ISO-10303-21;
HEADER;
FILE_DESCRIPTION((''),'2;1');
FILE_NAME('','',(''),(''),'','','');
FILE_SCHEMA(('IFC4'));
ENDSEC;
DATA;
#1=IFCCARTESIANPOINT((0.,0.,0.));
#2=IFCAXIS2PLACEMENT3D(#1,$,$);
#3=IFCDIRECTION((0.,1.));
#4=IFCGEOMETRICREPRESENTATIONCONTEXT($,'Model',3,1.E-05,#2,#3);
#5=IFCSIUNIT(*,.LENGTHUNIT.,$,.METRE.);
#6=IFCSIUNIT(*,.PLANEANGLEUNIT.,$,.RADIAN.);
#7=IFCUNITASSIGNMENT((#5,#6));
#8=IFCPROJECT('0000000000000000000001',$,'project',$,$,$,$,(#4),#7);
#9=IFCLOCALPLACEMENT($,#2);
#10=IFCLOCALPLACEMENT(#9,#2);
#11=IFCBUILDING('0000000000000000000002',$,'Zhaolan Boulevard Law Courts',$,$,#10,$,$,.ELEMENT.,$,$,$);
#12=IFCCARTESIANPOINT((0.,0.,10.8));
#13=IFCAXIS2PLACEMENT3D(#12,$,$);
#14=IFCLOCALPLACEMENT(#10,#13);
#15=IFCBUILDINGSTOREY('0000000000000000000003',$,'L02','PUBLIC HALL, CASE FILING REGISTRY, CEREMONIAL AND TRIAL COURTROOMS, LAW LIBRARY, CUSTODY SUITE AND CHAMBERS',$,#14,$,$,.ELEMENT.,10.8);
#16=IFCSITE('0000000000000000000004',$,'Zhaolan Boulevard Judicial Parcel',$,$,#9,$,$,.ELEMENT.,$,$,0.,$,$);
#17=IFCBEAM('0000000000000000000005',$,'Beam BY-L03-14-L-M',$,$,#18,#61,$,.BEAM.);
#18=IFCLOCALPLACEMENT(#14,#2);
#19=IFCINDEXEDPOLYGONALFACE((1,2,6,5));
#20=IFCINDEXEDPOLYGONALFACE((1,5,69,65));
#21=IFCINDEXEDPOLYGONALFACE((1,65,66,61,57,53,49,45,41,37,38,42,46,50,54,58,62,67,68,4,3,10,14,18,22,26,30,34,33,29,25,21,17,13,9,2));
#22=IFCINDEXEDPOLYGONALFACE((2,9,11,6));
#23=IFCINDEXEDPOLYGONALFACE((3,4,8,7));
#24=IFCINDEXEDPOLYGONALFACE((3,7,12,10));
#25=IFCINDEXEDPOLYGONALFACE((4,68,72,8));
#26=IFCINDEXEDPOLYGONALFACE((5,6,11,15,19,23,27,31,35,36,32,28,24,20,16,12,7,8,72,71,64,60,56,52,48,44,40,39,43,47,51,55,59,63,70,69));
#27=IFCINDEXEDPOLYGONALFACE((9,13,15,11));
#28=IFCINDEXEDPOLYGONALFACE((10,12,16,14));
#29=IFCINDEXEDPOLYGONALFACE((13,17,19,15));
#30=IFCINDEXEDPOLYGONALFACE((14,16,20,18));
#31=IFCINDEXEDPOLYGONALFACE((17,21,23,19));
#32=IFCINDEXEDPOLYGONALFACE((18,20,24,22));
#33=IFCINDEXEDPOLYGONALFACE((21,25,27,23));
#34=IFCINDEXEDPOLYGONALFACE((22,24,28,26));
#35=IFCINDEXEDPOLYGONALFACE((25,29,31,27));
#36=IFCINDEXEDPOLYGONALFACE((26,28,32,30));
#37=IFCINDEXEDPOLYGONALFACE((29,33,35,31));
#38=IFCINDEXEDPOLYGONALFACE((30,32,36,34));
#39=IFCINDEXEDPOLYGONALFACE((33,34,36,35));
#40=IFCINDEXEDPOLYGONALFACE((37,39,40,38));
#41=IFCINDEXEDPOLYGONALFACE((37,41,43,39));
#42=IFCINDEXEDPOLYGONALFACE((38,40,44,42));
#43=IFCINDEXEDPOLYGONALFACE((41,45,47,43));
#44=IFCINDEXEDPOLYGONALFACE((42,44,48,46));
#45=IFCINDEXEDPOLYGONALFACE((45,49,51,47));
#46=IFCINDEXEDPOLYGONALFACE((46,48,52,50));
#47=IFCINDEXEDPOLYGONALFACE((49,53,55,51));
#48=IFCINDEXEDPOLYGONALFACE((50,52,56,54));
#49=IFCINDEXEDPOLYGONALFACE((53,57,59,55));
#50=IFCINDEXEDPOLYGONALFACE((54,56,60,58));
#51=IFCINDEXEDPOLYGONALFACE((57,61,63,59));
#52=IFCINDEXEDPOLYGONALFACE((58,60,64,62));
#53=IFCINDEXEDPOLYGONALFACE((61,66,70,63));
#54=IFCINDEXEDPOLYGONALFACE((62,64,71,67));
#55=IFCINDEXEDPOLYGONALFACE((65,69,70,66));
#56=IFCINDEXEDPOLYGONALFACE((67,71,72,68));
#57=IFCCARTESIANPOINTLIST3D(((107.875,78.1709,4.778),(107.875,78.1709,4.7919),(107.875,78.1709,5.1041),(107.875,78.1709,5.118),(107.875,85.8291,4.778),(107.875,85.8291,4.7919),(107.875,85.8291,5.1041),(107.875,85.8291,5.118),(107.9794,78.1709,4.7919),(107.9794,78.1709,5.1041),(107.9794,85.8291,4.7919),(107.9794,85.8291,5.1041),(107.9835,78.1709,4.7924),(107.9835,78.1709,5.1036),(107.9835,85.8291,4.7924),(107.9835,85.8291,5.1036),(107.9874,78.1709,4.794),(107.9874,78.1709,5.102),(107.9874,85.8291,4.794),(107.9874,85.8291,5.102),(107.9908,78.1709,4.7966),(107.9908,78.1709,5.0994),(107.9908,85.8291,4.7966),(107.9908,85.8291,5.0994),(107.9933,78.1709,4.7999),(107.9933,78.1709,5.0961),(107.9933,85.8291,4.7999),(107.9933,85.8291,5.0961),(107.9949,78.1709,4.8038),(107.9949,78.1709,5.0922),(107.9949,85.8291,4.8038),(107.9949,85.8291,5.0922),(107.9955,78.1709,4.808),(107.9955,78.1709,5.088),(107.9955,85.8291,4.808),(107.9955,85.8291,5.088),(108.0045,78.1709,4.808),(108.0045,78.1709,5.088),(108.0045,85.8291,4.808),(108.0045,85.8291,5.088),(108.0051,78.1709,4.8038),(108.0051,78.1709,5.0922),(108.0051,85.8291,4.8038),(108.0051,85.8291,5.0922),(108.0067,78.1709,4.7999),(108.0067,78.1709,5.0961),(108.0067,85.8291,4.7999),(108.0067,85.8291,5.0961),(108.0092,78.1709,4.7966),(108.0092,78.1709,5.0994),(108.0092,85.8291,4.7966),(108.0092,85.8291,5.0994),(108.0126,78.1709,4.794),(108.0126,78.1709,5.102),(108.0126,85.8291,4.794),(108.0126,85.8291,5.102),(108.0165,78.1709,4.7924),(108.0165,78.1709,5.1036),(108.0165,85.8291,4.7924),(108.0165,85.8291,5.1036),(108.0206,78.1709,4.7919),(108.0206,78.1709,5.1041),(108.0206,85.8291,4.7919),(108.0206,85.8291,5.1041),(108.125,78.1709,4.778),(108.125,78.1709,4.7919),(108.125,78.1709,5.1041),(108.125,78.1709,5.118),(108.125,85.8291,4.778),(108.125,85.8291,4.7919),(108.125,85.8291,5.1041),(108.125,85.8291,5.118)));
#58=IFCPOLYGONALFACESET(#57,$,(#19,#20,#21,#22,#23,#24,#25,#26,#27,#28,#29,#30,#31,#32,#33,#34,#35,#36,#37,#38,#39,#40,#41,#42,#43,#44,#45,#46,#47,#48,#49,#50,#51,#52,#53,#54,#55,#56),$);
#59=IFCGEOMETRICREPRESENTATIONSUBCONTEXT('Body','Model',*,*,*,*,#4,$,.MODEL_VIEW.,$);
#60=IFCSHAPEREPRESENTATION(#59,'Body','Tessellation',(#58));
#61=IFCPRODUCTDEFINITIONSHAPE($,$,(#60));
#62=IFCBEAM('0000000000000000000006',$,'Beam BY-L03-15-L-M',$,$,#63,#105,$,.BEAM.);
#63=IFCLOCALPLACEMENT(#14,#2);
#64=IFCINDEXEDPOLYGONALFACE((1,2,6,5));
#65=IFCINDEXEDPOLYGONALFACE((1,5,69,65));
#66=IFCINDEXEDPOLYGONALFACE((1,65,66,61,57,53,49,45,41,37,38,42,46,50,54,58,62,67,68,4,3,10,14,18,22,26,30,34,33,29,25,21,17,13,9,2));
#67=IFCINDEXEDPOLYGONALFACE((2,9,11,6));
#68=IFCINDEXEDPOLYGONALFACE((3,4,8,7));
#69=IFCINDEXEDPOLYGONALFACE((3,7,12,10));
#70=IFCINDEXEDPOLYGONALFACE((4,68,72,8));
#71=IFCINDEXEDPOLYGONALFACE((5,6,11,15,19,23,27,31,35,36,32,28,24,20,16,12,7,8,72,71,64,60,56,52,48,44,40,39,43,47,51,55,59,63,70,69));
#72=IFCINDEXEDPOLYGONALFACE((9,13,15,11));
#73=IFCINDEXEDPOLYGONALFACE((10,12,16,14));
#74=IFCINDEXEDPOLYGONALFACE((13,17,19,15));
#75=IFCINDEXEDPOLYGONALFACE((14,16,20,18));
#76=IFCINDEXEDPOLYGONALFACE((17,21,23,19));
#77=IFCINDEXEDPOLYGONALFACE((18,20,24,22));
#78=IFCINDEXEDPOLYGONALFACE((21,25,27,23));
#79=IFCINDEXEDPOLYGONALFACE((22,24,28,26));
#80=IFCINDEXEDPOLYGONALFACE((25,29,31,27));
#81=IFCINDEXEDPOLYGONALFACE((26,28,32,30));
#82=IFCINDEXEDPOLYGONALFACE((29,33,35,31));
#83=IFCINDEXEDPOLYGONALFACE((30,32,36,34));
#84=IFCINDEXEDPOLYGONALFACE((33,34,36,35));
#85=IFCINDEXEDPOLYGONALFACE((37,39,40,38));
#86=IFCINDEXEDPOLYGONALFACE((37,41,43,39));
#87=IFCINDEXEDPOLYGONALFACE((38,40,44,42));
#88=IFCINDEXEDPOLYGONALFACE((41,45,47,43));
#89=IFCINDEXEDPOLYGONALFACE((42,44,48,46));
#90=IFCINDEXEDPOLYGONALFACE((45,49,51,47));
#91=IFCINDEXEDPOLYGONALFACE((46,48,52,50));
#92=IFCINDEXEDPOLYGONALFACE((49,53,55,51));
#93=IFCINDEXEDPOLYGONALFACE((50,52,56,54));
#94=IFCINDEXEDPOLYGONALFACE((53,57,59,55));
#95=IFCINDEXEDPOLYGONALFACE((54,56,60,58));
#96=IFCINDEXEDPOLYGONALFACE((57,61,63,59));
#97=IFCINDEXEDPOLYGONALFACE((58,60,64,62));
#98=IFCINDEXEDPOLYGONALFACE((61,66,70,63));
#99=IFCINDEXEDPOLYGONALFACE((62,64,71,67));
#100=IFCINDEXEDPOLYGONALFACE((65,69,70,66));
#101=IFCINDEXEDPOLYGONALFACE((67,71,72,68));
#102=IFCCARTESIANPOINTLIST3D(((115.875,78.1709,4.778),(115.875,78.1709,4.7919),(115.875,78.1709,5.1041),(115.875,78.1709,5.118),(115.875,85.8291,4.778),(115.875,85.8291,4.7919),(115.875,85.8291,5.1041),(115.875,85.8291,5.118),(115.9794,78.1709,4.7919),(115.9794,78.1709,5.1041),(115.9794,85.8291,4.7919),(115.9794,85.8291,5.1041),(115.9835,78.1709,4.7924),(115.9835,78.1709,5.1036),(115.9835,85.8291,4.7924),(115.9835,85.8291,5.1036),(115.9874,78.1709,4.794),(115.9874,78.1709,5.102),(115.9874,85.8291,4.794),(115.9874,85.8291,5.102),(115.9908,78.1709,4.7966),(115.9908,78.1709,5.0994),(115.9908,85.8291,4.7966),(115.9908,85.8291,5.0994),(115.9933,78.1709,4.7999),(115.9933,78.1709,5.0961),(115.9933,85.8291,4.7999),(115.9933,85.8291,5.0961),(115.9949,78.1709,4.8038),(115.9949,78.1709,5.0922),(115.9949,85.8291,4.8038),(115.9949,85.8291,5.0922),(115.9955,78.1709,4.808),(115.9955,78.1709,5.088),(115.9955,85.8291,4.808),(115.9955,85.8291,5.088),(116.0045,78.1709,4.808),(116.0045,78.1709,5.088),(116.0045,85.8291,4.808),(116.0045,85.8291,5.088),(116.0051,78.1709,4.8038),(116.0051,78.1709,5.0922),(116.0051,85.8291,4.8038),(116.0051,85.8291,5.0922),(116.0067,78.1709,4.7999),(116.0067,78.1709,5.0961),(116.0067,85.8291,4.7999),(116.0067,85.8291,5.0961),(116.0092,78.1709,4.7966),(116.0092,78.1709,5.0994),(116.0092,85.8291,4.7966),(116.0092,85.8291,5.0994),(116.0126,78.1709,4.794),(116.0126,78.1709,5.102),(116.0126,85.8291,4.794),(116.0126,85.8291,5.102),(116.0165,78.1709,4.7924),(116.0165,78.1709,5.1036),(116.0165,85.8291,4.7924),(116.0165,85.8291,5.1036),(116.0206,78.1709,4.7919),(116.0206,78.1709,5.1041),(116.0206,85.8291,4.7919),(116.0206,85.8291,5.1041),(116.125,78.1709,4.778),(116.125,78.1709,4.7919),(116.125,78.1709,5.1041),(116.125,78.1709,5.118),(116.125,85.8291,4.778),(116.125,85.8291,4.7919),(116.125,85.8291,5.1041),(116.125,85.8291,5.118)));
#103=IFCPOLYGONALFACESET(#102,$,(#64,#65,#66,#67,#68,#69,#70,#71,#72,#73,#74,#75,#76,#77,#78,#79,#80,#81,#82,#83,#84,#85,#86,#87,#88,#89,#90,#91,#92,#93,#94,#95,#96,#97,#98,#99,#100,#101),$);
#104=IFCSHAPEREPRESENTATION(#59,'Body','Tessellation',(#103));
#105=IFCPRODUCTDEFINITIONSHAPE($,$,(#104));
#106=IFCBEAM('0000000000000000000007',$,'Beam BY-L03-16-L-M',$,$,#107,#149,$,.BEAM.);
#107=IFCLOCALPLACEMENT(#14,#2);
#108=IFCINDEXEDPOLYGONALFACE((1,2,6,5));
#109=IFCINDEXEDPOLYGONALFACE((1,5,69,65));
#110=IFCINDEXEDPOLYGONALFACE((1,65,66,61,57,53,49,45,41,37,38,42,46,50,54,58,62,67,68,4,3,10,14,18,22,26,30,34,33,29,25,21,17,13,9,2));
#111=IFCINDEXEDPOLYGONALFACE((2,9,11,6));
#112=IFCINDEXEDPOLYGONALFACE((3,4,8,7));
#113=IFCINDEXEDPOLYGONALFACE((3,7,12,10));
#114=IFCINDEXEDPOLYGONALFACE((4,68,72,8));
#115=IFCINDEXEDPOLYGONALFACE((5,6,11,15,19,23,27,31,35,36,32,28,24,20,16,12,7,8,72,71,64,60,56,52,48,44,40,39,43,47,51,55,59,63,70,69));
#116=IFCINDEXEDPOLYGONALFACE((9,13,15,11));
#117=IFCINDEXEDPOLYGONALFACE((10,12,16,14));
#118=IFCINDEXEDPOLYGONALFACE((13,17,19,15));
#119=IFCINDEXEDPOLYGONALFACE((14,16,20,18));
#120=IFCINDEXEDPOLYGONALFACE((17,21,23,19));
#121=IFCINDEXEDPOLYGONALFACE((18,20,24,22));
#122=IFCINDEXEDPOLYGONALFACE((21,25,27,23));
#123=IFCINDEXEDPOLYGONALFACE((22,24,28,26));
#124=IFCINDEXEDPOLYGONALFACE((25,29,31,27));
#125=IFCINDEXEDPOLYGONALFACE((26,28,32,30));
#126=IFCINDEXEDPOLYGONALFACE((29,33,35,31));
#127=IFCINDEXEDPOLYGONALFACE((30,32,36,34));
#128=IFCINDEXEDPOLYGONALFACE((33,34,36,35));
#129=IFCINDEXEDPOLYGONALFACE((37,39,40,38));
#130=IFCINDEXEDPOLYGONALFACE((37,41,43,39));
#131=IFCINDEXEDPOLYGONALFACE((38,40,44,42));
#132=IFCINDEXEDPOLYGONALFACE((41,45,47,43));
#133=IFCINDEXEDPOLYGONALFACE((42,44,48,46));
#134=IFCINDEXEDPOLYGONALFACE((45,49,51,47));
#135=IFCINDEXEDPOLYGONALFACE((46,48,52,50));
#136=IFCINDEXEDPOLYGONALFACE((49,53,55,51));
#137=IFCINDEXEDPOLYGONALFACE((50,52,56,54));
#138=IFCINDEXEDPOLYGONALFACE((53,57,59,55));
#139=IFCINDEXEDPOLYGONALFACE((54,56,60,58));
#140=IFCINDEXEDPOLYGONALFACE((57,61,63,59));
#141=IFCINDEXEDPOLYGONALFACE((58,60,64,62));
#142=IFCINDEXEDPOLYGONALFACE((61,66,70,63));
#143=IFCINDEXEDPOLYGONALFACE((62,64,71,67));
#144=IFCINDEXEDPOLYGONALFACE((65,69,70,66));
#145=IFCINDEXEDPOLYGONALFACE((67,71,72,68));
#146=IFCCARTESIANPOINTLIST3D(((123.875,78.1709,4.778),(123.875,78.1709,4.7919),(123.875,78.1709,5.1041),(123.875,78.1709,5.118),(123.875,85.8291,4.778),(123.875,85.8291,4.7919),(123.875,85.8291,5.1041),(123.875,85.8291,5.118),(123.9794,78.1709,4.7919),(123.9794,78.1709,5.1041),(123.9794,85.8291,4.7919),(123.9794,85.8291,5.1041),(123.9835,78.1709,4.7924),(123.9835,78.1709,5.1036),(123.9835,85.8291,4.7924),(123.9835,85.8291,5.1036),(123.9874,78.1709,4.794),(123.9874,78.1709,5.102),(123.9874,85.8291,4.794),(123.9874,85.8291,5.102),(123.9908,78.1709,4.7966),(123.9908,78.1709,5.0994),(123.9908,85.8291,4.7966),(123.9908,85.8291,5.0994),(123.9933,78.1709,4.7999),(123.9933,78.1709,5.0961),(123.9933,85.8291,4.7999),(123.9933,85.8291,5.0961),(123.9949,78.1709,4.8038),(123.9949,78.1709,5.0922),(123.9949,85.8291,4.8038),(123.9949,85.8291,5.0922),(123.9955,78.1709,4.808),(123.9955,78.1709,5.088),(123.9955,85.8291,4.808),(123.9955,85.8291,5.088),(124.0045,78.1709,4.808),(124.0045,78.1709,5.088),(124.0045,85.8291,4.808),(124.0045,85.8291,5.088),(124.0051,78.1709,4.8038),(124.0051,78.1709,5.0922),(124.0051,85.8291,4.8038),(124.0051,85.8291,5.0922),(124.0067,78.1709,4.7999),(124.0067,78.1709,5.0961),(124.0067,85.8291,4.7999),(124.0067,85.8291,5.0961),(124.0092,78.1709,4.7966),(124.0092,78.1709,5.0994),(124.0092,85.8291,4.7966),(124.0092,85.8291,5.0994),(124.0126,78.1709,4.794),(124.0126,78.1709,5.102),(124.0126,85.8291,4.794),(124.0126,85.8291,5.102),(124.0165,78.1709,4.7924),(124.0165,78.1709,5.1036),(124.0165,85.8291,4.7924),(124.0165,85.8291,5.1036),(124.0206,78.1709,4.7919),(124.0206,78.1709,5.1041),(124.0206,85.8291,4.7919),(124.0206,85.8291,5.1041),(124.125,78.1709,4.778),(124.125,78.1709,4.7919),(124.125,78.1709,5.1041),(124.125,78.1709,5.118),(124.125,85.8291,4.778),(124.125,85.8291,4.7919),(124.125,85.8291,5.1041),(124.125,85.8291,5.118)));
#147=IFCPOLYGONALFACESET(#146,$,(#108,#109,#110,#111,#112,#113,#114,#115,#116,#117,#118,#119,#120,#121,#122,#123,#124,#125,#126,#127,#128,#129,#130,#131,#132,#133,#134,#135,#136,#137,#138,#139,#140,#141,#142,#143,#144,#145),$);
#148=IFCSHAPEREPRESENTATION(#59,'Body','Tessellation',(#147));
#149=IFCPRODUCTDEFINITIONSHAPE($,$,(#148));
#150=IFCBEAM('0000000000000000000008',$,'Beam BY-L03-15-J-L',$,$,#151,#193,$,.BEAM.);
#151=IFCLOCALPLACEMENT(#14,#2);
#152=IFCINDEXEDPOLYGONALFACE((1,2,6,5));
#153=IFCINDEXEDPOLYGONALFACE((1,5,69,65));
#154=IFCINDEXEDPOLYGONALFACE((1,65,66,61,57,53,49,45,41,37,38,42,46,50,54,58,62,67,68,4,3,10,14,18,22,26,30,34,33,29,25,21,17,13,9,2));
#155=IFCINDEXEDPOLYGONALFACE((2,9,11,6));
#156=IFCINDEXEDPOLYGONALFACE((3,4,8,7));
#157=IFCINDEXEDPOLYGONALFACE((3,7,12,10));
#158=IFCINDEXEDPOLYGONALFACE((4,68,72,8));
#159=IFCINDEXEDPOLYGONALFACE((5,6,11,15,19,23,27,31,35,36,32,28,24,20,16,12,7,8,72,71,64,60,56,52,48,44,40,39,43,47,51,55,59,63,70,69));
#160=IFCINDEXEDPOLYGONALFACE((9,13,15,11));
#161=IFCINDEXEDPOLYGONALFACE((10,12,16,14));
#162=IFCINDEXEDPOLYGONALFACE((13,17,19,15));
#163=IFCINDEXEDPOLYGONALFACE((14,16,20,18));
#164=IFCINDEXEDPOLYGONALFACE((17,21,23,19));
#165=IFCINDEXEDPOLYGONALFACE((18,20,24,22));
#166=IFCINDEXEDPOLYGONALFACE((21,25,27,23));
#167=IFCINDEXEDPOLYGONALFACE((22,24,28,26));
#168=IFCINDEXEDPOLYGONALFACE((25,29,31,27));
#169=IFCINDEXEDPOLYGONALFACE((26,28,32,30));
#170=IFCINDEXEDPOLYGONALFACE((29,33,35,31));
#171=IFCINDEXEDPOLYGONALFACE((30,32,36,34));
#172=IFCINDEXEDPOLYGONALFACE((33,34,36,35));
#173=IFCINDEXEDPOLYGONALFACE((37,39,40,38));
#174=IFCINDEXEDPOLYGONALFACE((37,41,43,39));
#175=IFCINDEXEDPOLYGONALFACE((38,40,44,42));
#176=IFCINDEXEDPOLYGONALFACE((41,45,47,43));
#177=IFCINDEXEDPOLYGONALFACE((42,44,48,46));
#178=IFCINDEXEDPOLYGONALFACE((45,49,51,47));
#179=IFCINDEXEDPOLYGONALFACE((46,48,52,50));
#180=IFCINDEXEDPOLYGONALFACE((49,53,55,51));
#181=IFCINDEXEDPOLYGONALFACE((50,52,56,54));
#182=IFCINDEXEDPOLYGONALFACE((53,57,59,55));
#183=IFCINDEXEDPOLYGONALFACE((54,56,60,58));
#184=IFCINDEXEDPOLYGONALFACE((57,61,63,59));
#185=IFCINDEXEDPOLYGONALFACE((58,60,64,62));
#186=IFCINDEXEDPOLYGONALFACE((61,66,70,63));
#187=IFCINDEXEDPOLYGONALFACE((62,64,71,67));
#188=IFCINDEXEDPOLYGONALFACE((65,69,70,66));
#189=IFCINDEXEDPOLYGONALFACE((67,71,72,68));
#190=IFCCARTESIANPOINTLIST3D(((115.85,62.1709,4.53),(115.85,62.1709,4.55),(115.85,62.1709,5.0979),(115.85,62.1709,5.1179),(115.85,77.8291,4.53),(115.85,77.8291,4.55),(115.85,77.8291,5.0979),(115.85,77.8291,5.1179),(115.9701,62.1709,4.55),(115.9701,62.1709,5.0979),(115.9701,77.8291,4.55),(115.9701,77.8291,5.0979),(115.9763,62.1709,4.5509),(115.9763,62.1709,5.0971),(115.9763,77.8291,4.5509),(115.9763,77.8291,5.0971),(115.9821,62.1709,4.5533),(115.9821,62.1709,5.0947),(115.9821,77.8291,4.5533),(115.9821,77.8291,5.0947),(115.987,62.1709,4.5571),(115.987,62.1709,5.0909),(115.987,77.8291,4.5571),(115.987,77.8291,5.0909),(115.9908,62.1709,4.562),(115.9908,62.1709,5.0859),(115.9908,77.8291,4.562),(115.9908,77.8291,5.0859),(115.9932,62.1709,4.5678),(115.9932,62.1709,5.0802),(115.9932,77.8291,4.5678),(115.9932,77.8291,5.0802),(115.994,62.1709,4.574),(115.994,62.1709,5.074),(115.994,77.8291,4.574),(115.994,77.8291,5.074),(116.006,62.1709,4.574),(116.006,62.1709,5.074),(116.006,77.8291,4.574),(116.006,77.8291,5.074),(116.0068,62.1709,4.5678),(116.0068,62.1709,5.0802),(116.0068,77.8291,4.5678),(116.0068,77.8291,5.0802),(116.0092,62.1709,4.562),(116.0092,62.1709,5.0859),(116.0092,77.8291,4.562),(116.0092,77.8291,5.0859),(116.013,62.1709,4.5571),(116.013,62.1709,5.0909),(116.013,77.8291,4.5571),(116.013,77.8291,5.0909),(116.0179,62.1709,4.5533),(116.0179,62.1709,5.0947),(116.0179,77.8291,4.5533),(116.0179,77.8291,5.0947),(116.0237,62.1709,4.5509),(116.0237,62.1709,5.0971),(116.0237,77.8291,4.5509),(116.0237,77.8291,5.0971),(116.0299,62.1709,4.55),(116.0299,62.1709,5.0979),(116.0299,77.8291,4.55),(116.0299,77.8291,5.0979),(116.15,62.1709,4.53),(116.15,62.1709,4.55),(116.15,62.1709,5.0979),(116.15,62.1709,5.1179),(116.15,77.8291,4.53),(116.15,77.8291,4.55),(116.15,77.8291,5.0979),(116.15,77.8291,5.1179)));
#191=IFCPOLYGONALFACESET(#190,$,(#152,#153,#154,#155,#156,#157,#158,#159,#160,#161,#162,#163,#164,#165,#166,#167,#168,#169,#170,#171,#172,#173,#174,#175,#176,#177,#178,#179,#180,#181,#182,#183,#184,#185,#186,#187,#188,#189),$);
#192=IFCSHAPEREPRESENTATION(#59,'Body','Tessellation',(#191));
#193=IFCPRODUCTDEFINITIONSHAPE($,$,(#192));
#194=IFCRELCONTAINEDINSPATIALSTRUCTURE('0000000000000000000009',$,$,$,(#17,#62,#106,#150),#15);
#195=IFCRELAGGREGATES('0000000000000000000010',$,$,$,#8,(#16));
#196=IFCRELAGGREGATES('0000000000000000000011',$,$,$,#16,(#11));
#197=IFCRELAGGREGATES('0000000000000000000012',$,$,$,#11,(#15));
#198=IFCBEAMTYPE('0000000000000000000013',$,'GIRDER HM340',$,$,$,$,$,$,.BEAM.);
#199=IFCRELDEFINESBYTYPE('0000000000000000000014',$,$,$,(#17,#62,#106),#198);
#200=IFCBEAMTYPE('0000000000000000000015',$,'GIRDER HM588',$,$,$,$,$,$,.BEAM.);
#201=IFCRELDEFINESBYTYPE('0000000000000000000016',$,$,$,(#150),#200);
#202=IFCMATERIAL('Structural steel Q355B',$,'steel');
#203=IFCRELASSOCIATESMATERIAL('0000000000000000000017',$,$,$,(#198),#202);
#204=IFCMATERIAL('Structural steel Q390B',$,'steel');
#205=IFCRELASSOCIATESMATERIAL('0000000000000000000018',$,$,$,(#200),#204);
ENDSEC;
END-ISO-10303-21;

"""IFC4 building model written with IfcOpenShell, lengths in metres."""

from ifc_helpers import new_model, si_unit, direction, frame, origin, origin_2d, place, context, subcontext, project, spatial, i_section, extrude, material, material_profile, profile_set, type_object, element, save


model = new_model("IFC4")

# Units and contexts
model_context = context("Model", 3, precision=1e-05, world=origin(), true_north=direction((0.0, 1.0)))
body_context = subcontext(model_context, "Body", "Model", "MODEL_VIEW")
ifc_project = project(units=[si_unit("LENGTHUNIT", "METRE"), si_unit("PLANEANGLEUNIT", "RADIAN")], contexts=[model_context])

# Site, building, storey
site_placement = place(None, origin())
site = spatial("IfcSite", under=ifc_project, at=site_placement, Name="Zhaolan Boulevard Judicial Parcel", CompositionType="ELEMENT", RefElevation=0.0)
building_placement = place(site_placement, origin())
building = spatial("IfcBuilding", under=site, at=building_placement, Name="Zhaolan Boulevard Law Courts", CompositionType="ELEMENT")
storey_placement = place(building_placement, frame((0.0, 0.0, 10.8)))
storey = spatial("IfcBuildingStorey", under=building, at=storey_placement, Name="L02", Description="PUBLIC HALL, CASE FILING REGISTRY, CEREMONIAL AND TRIAL COURTROOMS, LAW LIBRARY, CUSTODY SUITE AND CHAMBERS", CompositionType="ELEMENT", Elevation=10.8)

# Beams
ifc_material_1 = material(Name="Structural steel Q355B", Category="steel")
ifc_material_profile_1 = material_profile(ifc_material_1, i_section(OverallWidth=0.25, OverallDepth=0.3401, WebThickness=0.009, FlangeThickness=0.0139, FilletRadius=0.0161, at=origin_2d()), Name="HM340x250")
ifc_profile_set_1 = profile_set([ifc_material_profile_1], Name="Structural steel Q355B")
beam_type_1 = type_object("IfcBeamType", Name="GIRDER HM340", PredefinedType="BEAM", material=ifc_profile_set_1)
for number, where, z_axis, x_axis, name in (
    (1, (108.0, 78.1709, 4.948), (0.0, 1.0, 0.0), (-1.0, 0.0, 0.0), "Beam BY-L03-14-L-M"),
    (2, (116.0, 78.1709, 4.948), (0.0, 1.0, 0.0), (-1.0, 0.0, 0.0), "Beam BY-L03-15-L-M"),
    (3, (124.0, 78.1709, 4.948), (0.0, 1.0, 0.0), (-1.0, 0.0, 0.0), "Beam BY-L03-16-L-M"),
):
    element("IfcBeam", number, at=place(storey_placement, frame(where, z_axis=z_axis, x_axis=x_axis)), inside=storey, type_object=beam_type_1, Name=name, PredefinedType="BEAM", context=body_context, shape_type="SweptSolid", body=[
        extrude(i_section(OverallWidth=0.25, OverallDepth=0.3401, WebThickness=0.009, FlangeThickness=0.0139, FilletRadius=0.0161, at=origin_2d()), origin(), (0.0, 0.0, 1.0), 7.6582),
    ])
ifc_material_2 = material(Name="Structural steel Q390B", Category="steel")
ifc_material_profile_2 = material_profile(ifc_material_2, i_section(OverallWidth=0.3, OverallDepth=0.5879, WebThickness=0.012, FlangeThickness=0.02, FilletRadius=0.0239, at=origin_2d()), Name="HM588x300")
ifc_profile_set_2 = profile_set([ifc_material_profile_2], Name="Structural steel Q390B")
beam_type_2 = type_object("IfcBeamType", Name="GIRDER HM588", PredefinedType="BEAM", material=ifc_profile_set_2)
beam_1_placement = place(storey_placement, frame((116.0, 62.1709, 4.824), z_axis=(0.0, 1.0, 0.0), x_axis=(-1.0, 0.0, 0.0)))
element("IfcBeam", 4, at=beam_1_placement, inside=storey, type_object=beam_type_2, Name="Beam BY-L03-15-J-L", PredefinedType="BEAM", context=body_context, shape_type="SweptSolid", body=[
    extrude(i_section(OverallWidth=0.3, OverallDepth=0.5879, WebThickness=0.012, FlangeThickness=0.02, FilletRadius=0.0239, at=origin_2d()), origin(), (0.0, 0.0, 1.0), 15.6582),
])

save(model, "model.ifc")
